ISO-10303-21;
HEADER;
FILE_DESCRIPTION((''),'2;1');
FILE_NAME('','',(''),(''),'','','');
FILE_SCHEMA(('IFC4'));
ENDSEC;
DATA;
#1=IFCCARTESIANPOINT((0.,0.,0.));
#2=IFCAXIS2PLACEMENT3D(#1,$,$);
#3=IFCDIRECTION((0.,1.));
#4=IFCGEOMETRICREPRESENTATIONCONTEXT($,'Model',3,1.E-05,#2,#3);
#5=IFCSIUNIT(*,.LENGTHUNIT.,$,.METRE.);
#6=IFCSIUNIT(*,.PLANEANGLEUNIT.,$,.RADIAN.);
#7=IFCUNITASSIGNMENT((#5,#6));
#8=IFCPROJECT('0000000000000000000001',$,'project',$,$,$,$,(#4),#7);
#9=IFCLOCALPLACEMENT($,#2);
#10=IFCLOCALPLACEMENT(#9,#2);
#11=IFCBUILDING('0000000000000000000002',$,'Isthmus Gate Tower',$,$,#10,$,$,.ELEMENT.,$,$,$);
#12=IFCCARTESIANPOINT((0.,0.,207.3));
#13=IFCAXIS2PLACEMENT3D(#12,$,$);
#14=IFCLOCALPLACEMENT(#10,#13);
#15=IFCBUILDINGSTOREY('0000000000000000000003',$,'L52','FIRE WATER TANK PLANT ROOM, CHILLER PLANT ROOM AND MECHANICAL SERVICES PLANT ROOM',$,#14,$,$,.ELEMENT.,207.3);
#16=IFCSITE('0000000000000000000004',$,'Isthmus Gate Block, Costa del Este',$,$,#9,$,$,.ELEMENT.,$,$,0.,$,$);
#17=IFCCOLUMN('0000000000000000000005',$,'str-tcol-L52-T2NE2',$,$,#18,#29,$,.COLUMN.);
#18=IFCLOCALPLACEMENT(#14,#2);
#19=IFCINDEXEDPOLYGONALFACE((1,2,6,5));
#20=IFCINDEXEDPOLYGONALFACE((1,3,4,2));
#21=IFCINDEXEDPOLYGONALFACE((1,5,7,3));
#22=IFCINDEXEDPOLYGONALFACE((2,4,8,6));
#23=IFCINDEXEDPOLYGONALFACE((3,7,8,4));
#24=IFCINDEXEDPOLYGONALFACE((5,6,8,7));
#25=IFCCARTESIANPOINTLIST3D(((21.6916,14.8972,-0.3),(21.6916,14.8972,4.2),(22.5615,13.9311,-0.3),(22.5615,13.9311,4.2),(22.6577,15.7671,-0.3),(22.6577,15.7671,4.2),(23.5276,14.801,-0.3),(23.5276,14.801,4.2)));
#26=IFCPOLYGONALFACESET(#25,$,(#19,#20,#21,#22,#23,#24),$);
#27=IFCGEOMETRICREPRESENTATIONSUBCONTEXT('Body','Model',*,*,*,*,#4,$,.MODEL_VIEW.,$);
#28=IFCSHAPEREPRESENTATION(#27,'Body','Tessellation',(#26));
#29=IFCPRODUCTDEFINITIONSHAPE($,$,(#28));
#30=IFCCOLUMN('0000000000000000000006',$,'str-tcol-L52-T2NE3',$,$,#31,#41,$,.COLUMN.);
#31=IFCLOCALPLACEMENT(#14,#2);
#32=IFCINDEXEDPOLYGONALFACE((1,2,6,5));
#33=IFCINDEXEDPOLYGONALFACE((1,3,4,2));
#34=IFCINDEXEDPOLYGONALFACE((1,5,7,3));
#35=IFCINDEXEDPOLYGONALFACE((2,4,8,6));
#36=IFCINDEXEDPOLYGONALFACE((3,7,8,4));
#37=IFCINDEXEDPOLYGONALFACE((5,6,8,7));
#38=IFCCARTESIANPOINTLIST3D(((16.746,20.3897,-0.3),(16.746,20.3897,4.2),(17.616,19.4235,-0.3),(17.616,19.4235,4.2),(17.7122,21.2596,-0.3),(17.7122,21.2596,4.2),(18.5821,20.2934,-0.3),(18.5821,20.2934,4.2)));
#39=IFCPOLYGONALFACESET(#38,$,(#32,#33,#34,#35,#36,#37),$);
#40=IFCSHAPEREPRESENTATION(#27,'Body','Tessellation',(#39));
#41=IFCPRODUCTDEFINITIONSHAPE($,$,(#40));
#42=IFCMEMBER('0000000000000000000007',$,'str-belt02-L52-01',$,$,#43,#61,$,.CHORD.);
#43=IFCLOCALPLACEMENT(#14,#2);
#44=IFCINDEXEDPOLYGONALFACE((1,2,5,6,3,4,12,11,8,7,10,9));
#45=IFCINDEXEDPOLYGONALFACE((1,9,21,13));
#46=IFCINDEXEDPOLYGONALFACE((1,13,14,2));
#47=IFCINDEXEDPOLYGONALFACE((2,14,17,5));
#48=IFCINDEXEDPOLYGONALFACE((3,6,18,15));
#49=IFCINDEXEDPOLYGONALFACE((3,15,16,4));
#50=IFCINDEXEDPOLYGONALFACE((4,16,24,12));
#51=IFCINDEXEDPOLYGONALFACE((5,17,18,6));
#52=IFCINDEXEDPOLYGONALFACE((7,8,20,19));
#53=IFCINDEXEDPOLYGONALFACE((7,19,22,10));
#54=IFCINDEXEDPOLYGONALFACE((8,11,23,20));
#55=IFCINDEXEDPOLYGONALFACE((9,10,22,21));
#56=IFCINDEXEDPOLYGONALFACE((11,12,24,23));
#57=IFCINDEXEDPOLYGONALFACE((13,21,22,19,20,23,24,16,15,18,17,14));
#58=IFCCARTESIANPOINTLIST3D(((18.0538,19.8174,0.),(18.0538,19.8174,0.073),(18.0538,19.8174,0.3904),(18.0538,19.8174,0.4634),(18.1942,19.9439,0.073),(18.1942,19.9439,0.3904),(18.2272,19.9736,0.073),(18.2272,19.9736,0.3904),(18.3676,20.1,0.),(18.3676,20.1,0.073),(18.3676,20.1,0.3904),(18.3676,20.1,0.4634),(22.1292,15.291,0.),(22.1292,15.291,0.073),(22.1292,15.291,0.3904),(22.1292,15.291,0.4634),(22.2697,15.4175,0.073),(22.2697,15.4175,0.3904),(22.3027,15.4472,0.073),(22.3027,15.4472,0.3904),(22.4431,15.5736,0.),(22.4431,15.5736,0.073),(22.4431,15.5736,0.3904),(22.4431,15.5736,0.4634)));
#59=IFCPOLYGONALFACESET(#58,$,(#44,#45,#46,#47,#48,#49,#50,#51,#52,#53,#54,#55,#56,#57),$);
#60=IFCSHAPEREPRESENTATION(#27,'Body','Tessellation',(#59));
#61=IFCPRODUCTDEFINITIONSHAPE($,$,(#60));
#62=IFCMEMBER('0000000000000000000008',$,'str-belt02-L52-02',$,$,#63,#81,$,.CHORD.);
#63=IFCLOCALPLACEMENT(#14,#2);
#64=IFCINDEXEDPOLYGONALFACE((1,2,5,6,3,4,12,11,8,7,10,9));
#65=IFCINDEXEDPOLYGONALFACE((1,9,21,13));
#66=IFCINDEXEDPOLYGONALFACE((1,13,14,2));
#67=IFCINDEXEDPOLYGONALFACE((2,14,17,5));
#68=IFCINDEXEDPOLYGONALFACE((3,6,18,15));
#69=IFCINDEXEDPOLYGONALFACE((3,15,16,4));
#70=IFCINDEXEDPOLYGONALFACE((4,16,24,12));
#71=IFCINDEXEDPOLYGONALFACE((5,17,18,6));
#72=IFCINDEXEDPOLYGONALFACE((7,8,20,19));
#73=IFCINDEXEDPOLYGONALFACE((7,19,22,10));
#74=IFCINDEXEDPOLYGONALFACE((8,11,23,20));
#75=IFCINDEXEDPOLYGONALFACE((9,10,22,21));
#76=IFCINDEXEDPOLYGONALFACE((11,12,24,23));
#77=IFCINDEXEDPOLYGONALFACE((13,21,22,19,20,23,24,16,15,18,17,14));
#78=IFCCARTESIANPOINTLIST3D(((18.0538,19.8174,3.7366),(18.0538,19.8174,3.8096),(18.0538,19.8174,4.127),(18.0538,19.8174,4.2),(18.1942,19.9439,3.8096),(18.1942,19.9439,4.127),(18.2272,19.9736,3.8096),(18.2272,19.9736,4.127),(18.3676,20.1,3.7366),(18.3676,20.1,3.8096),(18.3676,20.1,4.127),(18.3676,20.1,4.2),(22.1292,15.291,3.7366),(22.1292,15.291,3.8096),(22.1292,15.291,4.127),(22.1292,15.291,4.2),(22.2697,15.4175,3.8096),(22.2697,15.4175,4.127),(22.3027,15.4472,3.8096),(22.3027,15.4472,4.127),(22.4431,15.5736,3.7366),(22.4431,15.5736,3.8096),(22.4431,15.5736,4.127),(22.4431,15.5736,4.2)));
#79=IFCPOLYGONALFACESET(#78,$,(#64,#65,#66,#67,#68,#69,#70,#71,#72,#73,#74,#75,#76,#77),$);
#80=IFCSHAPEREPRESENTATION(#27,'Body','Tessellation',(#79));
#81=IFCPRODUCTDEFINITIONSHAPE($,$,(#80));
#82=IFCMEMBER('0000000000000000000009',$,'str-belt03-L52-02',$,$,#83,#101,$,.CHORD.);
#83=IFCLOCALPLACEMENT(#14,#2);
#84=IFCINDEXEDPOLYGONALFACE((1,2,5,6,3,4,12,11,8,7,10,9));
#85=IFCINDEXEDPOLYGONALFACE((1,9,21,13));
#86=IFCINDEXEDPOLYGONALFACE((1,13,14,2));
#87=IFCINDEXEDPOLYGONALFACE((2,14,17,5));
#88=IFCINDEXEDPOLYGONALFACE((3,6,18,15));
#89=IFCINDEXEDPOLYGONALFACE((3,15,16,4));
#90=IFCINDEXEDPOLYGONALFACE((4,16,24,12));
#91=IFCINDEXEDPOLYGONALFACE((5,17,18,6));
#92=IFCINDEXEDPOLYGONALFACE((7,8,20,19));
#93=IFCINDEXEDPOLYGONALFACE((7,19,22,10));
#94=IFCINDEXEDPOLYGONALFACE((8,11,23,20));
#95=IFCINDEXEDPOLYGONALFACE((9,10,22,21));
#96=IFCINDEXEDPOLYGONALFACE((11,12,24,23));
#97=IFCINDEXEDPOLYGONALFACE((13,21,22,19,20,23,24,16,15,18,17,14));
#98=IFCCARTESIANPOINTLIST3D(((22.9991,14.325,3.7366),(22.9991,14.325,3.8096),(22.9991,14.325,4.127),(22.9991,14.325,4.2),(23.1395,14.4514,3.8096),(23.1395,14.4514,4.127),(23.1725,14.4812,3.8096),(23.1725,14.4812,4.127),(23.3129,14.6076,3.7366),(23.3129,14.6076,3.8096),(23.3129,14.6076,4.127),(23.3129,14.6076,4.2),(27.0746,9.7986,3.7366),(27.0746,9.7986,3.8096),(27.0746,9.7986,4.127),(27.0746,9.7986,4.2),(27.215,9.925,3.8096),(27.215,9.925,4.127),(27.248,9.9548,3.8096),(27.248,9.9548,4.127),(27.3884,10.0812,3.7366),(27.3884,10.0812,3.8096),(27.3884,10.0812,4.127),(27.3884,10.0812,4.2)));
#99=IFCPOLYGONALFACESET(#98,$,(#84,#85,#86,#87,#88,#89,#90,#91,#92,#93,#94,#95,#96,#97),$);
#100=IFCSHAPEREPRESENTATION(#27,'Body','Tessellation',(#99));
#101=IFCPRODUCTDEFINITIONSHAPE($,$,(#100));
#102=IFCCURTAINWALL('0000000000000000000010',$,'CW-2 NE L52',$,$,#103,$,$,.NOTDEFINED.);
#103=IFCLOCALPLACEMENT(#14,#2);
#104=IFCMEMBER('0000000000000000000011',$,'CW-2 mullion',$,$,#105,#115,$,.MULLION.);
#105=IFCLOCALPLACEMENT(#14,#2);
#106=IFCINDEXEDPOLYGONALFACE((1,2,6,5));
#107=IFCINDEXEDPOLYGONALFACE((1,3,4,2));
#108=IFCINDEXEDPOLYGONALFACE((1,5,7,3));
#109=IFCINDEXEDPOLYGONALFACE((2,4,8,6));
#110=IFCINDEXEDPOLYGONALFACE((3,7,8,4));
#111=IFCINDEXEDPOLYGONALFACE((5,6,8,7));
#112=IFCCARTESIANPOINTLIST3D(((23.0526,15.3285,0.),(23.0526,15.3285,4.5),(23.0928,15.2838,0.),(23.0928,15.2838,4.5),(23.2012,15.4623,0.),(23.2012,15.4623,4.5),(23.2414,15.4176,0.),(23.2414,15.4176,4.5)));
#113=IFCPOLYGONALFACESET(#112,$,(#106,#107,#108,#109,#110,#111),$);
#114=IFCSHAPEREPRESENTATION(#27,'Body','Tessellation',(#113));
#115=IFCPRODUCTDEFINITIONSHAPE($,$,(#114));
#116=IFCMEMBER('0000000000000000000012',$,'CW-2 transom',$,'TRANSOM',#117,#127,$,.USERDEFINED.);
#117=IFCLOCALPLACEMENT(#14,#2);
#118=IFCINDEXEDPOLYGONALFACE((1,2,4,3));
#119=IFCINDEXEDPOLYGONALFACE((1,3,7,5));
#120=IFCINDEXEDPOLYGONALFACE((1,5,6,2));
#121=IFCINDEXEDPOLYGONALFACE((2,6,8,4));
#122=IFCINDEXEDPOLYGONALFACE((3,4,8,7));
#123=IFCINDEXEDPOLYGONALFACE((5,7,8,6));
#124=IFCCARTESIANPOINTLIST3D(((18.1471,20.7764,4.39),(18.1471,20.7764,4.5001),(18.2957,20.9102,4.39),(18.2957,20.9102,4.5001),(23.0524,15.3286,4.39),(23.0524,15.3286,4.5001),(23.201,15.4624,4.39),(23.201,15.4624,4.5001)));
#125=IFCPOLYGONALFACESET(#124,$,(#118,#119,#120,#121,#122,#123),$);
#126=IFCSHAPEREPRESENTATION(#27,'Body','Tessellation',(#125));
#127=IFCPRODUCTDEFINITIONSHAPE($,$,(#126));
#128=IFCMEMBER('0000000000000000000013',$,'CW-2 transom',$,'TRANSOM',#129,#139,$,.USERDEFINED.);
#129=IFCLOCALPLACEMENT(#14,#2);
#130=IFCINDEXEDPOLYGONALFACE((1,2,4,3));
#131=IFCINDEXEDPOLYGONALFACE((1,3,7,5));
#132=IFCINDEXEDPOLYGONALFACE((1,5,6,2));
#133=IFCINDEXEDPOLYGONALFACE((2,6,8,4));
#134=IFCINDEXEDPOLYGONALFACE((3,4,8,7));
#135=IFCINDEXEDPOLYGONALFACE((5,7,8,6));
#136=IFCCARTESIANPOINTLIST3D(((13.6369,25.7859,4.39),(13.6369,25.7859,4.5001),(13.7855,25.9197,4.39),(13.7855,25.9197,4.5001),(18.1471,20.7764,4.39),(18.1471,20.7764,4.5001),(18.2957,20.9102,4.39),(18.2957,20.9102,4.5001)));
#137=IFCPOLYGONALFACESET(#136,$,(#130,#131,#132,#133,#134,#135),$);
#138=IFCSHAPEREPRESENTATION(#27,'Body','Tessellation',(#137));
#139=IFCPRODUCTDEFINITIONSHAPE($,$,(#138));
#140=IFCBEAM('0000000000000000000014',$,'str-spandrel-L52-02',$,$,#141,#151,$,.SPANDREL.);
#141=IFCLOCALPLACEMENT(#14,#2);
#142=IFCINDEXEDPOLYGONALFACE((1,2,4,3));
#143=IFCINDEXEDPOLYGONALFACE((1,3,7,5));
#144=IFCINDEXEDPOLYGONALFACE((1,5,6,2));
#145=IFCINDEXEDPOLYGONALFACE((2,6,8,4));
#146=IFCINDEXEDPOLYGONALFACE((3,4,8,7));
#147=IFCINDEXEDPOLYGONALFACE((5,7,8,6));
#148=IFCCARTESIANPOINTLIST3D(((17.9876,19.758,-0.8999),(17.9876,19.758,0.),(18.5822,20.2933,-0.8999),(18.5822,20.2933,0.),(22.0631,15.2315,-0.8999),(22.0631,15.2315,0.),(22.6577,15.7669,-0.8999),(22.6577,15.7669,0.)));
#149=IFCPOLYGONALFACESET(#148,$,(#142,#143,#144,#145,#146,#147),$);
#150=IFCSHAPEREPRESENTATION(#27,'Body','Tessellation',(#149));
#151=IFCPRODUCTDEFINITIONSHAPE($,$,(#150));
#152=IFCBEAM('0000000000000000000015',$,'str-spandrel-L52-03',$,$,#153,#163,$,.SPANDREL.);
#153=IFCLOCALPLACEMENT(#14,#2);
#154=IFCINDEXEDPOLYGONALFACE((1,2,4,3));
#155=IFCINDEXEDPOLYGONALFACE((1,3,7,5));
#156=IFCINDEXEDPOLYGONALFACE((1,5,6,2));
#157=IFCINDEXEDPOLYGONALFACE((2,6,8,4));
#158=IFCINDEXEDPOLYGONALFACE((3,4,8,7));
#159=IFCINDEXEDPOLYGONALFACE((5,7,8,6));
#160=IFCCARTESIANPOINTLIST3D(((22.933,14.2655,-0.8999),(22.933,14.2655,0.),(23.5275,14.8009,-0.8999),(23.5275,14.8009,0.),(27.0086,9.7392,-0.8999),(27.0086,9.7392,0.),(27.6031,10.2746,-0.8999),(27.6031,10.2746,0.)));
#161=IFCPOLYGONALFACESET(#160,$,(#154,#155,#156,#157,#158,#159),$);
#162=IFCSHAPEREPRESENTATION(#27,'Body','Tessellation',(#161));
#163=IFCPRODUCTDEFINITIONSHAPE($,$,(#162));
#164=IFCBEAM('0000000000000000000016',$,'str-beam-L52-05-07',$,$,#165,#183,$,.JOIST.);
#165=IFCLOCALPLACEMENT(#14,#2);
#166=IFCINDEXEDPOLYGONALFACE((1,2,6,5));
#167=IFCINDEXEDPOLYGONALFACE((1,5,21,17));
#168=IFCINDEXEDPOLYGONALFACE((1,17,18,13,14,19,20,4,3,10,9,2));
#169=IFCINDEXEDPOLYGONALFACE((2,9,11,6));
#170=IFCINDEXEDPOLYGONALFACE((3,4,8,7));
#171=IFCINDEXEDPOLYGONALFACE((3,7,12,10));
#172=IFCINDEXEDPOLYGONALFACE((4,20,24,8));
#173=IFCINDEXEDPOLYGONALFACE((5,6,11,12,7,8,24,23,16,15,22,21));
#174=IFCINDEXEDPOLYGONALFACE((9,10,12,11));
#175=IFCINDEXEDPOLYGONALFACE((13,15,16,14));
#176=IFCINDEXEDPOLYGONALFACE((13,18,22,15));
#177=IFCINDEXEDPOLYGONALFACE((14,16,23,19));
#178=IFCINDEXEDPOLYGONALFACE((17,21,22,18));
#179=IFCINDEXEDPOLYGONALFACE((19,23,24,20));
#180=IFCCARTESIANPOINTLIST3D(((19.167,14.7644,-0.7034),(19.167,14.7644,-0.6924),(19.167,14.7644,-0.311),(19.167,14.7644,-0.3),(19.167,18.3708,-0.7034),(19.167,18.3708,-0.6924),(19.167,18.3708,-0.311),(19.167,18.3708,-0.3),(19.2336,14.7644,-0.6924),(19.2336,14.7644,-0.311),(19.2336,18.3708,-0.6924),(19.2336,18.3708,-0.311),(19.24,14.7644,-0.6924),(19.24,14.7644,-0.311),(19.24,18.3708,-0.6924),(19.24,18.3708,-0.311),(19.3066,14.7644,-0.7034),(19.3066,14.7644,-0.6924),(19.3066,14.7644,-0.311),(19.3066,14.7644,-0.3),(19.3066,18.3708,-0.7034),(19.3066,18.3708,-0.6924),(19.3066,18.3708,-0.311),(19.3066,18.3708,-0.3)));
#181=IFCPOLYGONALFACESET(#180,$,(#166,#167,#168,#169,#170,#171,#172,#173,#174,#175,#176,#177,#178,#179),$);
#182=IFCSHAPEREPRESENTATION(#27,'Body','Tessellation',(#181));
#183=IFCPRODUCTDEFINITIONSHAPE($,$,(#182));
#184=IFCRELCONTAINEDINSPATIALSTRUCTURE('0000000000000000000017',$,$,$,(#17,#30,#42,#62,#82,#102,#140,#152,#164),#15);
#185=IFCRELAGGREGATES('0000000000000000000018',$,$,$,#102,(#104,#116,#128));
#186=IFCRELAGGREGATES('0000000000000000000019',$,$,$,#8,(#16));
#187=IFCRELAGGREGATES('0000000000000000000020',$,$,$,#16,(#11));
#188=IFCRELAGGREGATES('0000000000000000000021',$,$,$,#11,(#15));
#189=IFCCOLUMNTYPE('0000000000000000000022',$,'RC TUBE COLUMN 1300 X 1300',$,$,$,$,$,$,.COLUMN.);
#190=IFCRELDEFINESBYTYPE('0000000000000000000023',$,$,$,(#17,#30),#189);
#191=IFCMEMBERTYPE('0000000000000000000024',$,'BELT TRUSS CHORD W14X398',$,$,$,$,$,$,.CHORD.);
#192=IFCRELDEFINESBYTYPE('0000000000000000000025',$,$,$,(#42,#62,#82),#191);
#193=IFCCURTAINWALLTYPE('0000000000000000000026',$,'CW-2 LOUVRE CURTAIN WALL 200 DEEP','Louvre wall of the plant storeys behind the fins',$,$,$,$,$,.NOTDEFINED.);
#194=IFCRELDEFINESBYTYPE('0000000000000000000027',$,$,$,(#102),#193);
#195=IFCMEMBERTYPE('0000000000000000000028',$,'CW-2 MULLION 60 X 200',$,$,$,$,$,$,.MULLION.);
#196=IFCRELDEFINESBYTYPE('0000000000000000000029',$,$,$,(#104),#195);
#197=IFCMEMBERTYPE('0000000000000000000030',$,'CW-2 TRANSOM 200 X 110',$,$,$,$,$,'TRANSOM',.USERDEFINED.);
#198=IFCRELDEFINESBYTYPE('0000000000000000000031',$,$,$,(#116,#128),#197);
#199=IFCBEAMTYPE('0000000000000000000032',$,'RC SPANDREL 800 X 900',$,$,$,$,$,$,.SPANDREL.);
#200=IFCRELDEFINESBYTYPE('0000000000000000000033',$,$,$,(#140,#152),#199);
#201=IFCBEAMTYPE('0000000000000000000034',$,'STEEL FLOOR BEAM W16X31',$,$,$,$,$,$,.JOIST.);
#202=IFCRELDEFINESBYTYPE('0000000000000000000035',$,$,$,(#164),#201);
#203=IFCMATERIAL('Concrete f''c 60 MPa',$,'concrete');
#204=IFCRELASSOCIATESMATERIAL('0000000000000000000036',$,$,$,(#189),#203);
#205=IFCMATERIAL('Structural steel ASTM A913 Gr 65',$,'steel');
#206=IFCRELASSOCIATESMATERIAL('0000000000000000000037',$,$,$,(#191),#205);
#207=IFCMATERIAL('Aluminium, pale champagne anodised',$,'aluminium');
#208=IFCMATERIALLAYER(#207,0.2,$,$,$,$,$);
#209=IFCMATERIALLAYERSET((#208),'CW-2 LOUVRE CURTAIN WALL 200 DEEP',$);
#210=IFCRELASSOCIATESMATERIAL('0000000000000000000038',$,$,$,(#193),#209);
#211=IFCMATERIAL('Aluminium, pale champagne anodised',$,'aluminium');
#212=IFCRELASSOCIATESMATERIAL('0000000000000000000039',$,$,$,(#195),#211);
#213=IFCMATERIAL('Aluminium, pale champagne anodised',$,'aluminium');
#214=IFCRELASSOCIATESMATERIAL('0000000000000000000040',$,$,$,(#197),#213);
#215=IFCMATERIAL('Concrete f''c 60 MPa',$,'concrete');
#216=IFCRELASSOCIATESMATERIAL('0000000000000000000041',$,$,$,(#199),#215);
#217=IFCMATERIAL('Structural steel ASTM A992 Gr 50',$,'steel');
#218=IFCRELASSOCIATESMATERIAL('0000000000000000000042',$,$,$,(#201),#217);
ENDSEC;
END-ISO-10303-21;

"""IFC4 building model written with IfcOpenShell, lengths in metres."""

from ifc_helpers import new_model, si_unit, direction, frame, origin, origin_2d, place, context, subcontext, project, spatial, rectangle, i_section, extrude, material, layer, layer_set, material_profile, profile_set, type_object, element, aggregate, save


model = new_model("IFC4")

# Units and contexts
model_context = context("Model", 3, precision=1e-05, world=origin(), true_north=direction((0.0, 1.0)))
body_context = subcontext(model_context, "Body", "Model", "MODEL_VIEW")
ifc_project = project(units=[si_unit("LENGTHUNIT", "METRE"), si_unit("PLANEANGLEUNIT", "RADIAN")], contexts=[model_context])

# Site, building, storey
site_placement = place(None, origin())
site = spatial("IfcSite", under=ifc_project, at=site_placement, Name="Isthmus Gate Block, Costa del Este", CompositionType="ELEMENT", RefElevation=0.0)
building_placement = place(site_placement, origin())
building = spatial("IfcBuilding", under=site, at=building_placement, Name="Isthmus Gate Tower", CompositionType="ELEMENT")
storey_placement = place(building_placement, frame((0.0, 0.0, 207.3)))
storey = spatial("IfcBuildingStorey", under=building, at=storey_placement, Name="L52", Description="FIRE WATER TANK PLANT ROOM, CHILLER PLANT ROOM AND MECHANICAL SERVICES PLANT ROOM", CompositionType="ELEMENT", Elevation=207.3)

# Columns
ifc_material_1 = material(Name="Concrete f'c 60 MPa", Category="concrete")
ifc_material_profile_1 = material_profile(ifc_material_1, rectangle(XDim=1.3, YDim=1.3, at=origin_2d()), Name="RC 1300X1300")
ifc_profile_set_1 = profile_set([ifc_material_profile_1], Name="Concrete f'c 60 MPa")
column_type = type_object("IfcColumnType", Name="RC TUBE COLUMN 1300 X 1300", PredefinedType="COLUMN", material=ifc_profile_set_1)
for number, where, z_axis, x_axis, name in (
    (1, (22.6096, 14.8491, -0.3), (0.0, 0.0, 1.0), (-0.669131, 0.743145, 0.0), "str-tcol-L52-T2NE2"),
    (2, (17.6641, 20.3416, -0.3), (0.0, 0.0, 1.0), (-0.669131, 0.743145, 0.0), "str-tcol-L52-T2NE3"),
):
    element("IfcColumn", number, at=place(storey_placement, frame(where, z_axis=z_axis, x_axis=x_axis)), inside=storey, type_object=column_type, Name=name, PredefinedType="COLUMN", context=body_context, shape_type="SweptSolid", body=[
        extrude(rectangle(XDim=1.3, YDim=1.3, at=origin_2d()), origin(), (0.0, 0.0, 1.0), 4.5),
    ])

# Members
ifc_material_2 = material(Name="Structural steel ASTM A913 Gr 65", Category="steel")
ifc_material_profile_2 = material_profile(ifc_material_2, i_section(OverallWidth=0.4224, OverallDepth=0.4634, WebThickness=0.0444, FlangeThickness=0.073, at=origin_2d()), Name="W14X398")
ifc_profile_set_2 = profile_set([ifc_material_profile_2], Name="Structural steel ASTM A913 Gr 65")
member_type_1 = type_object("IfcMemberType", Name="BELT TRUSS CHORD W14X398", PredefinedType="CHORD", material=ifc_profile_set_2)
for number, where, z_axis, x_axis, name in (
    (3, (18.2107, 19.9587, 0.2317), (0.66912, -0.743155, 0.0), (0.743155, 0.66912, 0.0), "str-belt02-L52-01"),
    (4, (18.2107, 19.9587, 3.9683), (0.66912, -0.743155, 0.0), (0.743155, 0.66912, 0.0), "str-belt02-L52-02"),
    (5, (23.156, 14.4663, 3.9683), (0.66912, -0.743155, 0.0), (0.743155, 0.66912, 0.0), "str-belt03-L52-02"),
):
    element("IfcMember", number, at=place(storey_placement, frame(where, z_axis=z_axis, x_axis=x_axis)), inside=storey, type_object=member_type_1, Name=name, PredefinedType="CHORD", context=body_context, shape_type="SweptSolid", body=[
        extrude(i_section(OverallWidth=0.4224, OverallDepth=0.4634, WebThickness=0.0444, FlangeThickness=0.073, at=origin_2d()), origin(), (0.0, 0.0, 1.0), 6.0908),
    ])

# Curtain wall, members
ifc_material_3 = material(Name="Aluminium, pale champagne anodised", Category="aluminium")
ifc_layer_1 = layer(ifc_material_3, 0.2)
ifc_layer_set_1 = layer_set([ifc_layer_1], Name="CW-2 LOUVRE CURTAIN WALL 200 DEEP")
curtain_wall_type = type_object("IfcCurtainWallType", Name="CW-2 LOUVRE CURTAIN WALL 200 DEEP", Description="Louvre wall of the plant storeys behind the fins", PredefinedType="NOTDEFINED", material=ifc_layer_set_1)
curtain_wall_placement = place(storey_placement, origin())
curtain_wall = element("IfcCurtainWall", 6, at=curtain_wall_placement, inside=storey, type_object=curtain_wall_type, Name="CW-2 NE L52", PredefinedType="NOTDEFINED")
ifc_material_4 = material(Name="Aluminium, pale champagne anodised", Category="aluminium")
ifc_material_profile_3 = material_profile(ifc_material_4, rectangle(XDim=0.0601, YDim=0.2, at=origin_2d()), Name="60x200")
ifc_profile_set_3 = profile_set([ifc_material_profile_3], Name="Aluminium, pale champagne anodised")
member_type_2 = type_object("IfcMemberType", Name="CW-2 MULLION 60 X 200", PredefinedType="MULLION", material=ifc_profile_set_3)
member_1_placement = place(storey_placement, frame((23.147, 15.373, 0.0), z_axis=(0.0, 0.0, 1.0), x_axis=(-0.669131, 0.743145, 0.0)))
member_1 = element("IfcMember", 7, at=member_1_placement, type_object=member_type_2, Name="CW-2 mullion", PredefinedType="MULLION", context=body_context, shape_type="SweptSolid", body=[
    extrude(rectangle(XDim=0.0601, YDim=0.2, at=origin_2d()), origin(), (0.0, 0.0, 1.0), 4.5),
])
ifc_material_5 = material(Name="Aluminium, pale champagne anodised", Category="aluminium")
ifc_material_profile_4 = material_profile(ifc_material_5, rectangle(XDim=0.2, YDim=0.1101, at=origin_2d()), Name="200x110")
ifc_profile_set_4 = profile_set([ifc_material_profile_4], Name="Aluminium, pale champagne anodised")
member_type_3 = type_object("IfcMemberType", Name="CW-2 TRANSOM 200 X 110", ElementType="TRANSOM", PredefinedType="USERDEFINED", material=ifc_profile_set_4)
member_2_placement = place(storey_placement, frame((23.1267, 15.3955, 4.4451), z_axis=(-0.669138, 0.743138, 0.0), x_axis=(-0.743138, -0.669138, 0.0)))
member_2 = element("IfcMember", 8, at=member_2_placement, type_object=member_type_3, Name="CW-2 transom", ObjectType="TRANSOM", PredefinedType="USERDEFINED", context=body_context, shape_type="SweptSolid", body=[
    extrude(rectangle(XDim=0.2, YDim=0.1101, at=origin_2d()), origin(), (0.0, 0.0, 1.0), 7.3308),
])
member_3_placement = place(storey_placement, frame((18.2214, 20.8433, 4.4451), z_axis=(-0.669103, 0.74317, 0.0), x_axis=(-0.74317, -0.669103, 0.0)))
member_3 = element("IfcMember", 9, at=member_3_placement, type_object=member_type_3, Name="CW-2 transom", ObjectType="TRANSOM", PredefinedType="USERDEFINED", context=body_context, shape_type="SweptSolid", body=[
    extrude(rectangle(XDim=0.2, YDim=0.1101, at=origin_2d()), origin(), (0.0, 0.0, 1.0), 6.7407),
])

# Beams
ifc_material_6 = material(Name="Concrete f'c 60 MPa", Category="concrete")
ifc_material_profile_5 = material_profile(ifc_material_6, rectangle(XDim=0.8, YDim=0.8999, at=origin_2d()), Name="RC 800X900")
ifc_profile_set_5 = profile_set([ifc_material_profile_5], Name="Concrete f'c 60 MPa")
beam_type_1 = type_object("IfcBeamType", Name="RC SPANDREL 800 X 900", PredefinedType="SPANDREL", material=ifc_profile_set_5)
for number, where, z_axis, x_axis, name in (
    (10, (18.2849, 20.0256, -0.45), (0.66912, -0.743155, 0.0), (0.743155, 0.66912, 0.0), "str-spandrel-L52-02"),
    (11, (23.2302, 14.5332, -0.45), (0.669142, -0.743135, 0.0), (0.743135, 0.669142, 0.0), "str-spandrel-L52-03"),
):
    element("IfcBeam", number, at=place(storey_placement, frame(where, z_axis=z_axis, x_axis=x_axis)), inside=storey, type_object=beam_type_1, Name=name, PredefinedType="SPANDREL", context=body_context, shape_type="SweptSolid", body=[
        extrude(rectangle(XDim=0.8, YDim=0.8999, at=origin_2d()), origin(), (0.0, 0.0, 1.0), 6.0908),
    ])
ifc_material_7 = material(Name="Structural steel ASTM A992 Gr 50", Category="steel")
ifc_material_profile_6 = material_profile(ifc_material_7, i_section(OverallWidth=0.1396, OverallDepth=0.4033, WebThickness=0.0063, FlangeThickness=0.011, at=origin_2d()), Name="W16X31")
ifc_profile_set_6 = profile_set([ifc_material_profile_6], Name="Structural steel ASTM A992 Gr 50")
beam_type_2 = type_object("IfcBeamType", Name="STEEL FLOOR BEAM W16X31", PredefinedType="JOIST", material=ifc_profile_set_6)
beam_placement = place(storey_placement, frame((19.2368, 14.7644, -0.5017), z_axis=(0.0, 1.0, 0.0), x_axis=(-1.0, 0.0, 0.0)))
element("IfcBeam", 12, at=beam_placement, inside=storey, type_object=beam_type_2, Name="str-beam-L52-05-07", PredefinedType="JOIST", context=body_context, shape_type="SweptSolid", body=[
    extrude(i_section(OverallWidth=0.1396, OverallDepth=0.4033, WebThickness=0.0063, FlangeThickness=0.011, at=origin_2d()), origin(), (0.0, 0.0, 1.0), 3.6064),
])

aggregate(curtain_wall, [member_1, member_2, member_3])

save(model, "model.ifc")
